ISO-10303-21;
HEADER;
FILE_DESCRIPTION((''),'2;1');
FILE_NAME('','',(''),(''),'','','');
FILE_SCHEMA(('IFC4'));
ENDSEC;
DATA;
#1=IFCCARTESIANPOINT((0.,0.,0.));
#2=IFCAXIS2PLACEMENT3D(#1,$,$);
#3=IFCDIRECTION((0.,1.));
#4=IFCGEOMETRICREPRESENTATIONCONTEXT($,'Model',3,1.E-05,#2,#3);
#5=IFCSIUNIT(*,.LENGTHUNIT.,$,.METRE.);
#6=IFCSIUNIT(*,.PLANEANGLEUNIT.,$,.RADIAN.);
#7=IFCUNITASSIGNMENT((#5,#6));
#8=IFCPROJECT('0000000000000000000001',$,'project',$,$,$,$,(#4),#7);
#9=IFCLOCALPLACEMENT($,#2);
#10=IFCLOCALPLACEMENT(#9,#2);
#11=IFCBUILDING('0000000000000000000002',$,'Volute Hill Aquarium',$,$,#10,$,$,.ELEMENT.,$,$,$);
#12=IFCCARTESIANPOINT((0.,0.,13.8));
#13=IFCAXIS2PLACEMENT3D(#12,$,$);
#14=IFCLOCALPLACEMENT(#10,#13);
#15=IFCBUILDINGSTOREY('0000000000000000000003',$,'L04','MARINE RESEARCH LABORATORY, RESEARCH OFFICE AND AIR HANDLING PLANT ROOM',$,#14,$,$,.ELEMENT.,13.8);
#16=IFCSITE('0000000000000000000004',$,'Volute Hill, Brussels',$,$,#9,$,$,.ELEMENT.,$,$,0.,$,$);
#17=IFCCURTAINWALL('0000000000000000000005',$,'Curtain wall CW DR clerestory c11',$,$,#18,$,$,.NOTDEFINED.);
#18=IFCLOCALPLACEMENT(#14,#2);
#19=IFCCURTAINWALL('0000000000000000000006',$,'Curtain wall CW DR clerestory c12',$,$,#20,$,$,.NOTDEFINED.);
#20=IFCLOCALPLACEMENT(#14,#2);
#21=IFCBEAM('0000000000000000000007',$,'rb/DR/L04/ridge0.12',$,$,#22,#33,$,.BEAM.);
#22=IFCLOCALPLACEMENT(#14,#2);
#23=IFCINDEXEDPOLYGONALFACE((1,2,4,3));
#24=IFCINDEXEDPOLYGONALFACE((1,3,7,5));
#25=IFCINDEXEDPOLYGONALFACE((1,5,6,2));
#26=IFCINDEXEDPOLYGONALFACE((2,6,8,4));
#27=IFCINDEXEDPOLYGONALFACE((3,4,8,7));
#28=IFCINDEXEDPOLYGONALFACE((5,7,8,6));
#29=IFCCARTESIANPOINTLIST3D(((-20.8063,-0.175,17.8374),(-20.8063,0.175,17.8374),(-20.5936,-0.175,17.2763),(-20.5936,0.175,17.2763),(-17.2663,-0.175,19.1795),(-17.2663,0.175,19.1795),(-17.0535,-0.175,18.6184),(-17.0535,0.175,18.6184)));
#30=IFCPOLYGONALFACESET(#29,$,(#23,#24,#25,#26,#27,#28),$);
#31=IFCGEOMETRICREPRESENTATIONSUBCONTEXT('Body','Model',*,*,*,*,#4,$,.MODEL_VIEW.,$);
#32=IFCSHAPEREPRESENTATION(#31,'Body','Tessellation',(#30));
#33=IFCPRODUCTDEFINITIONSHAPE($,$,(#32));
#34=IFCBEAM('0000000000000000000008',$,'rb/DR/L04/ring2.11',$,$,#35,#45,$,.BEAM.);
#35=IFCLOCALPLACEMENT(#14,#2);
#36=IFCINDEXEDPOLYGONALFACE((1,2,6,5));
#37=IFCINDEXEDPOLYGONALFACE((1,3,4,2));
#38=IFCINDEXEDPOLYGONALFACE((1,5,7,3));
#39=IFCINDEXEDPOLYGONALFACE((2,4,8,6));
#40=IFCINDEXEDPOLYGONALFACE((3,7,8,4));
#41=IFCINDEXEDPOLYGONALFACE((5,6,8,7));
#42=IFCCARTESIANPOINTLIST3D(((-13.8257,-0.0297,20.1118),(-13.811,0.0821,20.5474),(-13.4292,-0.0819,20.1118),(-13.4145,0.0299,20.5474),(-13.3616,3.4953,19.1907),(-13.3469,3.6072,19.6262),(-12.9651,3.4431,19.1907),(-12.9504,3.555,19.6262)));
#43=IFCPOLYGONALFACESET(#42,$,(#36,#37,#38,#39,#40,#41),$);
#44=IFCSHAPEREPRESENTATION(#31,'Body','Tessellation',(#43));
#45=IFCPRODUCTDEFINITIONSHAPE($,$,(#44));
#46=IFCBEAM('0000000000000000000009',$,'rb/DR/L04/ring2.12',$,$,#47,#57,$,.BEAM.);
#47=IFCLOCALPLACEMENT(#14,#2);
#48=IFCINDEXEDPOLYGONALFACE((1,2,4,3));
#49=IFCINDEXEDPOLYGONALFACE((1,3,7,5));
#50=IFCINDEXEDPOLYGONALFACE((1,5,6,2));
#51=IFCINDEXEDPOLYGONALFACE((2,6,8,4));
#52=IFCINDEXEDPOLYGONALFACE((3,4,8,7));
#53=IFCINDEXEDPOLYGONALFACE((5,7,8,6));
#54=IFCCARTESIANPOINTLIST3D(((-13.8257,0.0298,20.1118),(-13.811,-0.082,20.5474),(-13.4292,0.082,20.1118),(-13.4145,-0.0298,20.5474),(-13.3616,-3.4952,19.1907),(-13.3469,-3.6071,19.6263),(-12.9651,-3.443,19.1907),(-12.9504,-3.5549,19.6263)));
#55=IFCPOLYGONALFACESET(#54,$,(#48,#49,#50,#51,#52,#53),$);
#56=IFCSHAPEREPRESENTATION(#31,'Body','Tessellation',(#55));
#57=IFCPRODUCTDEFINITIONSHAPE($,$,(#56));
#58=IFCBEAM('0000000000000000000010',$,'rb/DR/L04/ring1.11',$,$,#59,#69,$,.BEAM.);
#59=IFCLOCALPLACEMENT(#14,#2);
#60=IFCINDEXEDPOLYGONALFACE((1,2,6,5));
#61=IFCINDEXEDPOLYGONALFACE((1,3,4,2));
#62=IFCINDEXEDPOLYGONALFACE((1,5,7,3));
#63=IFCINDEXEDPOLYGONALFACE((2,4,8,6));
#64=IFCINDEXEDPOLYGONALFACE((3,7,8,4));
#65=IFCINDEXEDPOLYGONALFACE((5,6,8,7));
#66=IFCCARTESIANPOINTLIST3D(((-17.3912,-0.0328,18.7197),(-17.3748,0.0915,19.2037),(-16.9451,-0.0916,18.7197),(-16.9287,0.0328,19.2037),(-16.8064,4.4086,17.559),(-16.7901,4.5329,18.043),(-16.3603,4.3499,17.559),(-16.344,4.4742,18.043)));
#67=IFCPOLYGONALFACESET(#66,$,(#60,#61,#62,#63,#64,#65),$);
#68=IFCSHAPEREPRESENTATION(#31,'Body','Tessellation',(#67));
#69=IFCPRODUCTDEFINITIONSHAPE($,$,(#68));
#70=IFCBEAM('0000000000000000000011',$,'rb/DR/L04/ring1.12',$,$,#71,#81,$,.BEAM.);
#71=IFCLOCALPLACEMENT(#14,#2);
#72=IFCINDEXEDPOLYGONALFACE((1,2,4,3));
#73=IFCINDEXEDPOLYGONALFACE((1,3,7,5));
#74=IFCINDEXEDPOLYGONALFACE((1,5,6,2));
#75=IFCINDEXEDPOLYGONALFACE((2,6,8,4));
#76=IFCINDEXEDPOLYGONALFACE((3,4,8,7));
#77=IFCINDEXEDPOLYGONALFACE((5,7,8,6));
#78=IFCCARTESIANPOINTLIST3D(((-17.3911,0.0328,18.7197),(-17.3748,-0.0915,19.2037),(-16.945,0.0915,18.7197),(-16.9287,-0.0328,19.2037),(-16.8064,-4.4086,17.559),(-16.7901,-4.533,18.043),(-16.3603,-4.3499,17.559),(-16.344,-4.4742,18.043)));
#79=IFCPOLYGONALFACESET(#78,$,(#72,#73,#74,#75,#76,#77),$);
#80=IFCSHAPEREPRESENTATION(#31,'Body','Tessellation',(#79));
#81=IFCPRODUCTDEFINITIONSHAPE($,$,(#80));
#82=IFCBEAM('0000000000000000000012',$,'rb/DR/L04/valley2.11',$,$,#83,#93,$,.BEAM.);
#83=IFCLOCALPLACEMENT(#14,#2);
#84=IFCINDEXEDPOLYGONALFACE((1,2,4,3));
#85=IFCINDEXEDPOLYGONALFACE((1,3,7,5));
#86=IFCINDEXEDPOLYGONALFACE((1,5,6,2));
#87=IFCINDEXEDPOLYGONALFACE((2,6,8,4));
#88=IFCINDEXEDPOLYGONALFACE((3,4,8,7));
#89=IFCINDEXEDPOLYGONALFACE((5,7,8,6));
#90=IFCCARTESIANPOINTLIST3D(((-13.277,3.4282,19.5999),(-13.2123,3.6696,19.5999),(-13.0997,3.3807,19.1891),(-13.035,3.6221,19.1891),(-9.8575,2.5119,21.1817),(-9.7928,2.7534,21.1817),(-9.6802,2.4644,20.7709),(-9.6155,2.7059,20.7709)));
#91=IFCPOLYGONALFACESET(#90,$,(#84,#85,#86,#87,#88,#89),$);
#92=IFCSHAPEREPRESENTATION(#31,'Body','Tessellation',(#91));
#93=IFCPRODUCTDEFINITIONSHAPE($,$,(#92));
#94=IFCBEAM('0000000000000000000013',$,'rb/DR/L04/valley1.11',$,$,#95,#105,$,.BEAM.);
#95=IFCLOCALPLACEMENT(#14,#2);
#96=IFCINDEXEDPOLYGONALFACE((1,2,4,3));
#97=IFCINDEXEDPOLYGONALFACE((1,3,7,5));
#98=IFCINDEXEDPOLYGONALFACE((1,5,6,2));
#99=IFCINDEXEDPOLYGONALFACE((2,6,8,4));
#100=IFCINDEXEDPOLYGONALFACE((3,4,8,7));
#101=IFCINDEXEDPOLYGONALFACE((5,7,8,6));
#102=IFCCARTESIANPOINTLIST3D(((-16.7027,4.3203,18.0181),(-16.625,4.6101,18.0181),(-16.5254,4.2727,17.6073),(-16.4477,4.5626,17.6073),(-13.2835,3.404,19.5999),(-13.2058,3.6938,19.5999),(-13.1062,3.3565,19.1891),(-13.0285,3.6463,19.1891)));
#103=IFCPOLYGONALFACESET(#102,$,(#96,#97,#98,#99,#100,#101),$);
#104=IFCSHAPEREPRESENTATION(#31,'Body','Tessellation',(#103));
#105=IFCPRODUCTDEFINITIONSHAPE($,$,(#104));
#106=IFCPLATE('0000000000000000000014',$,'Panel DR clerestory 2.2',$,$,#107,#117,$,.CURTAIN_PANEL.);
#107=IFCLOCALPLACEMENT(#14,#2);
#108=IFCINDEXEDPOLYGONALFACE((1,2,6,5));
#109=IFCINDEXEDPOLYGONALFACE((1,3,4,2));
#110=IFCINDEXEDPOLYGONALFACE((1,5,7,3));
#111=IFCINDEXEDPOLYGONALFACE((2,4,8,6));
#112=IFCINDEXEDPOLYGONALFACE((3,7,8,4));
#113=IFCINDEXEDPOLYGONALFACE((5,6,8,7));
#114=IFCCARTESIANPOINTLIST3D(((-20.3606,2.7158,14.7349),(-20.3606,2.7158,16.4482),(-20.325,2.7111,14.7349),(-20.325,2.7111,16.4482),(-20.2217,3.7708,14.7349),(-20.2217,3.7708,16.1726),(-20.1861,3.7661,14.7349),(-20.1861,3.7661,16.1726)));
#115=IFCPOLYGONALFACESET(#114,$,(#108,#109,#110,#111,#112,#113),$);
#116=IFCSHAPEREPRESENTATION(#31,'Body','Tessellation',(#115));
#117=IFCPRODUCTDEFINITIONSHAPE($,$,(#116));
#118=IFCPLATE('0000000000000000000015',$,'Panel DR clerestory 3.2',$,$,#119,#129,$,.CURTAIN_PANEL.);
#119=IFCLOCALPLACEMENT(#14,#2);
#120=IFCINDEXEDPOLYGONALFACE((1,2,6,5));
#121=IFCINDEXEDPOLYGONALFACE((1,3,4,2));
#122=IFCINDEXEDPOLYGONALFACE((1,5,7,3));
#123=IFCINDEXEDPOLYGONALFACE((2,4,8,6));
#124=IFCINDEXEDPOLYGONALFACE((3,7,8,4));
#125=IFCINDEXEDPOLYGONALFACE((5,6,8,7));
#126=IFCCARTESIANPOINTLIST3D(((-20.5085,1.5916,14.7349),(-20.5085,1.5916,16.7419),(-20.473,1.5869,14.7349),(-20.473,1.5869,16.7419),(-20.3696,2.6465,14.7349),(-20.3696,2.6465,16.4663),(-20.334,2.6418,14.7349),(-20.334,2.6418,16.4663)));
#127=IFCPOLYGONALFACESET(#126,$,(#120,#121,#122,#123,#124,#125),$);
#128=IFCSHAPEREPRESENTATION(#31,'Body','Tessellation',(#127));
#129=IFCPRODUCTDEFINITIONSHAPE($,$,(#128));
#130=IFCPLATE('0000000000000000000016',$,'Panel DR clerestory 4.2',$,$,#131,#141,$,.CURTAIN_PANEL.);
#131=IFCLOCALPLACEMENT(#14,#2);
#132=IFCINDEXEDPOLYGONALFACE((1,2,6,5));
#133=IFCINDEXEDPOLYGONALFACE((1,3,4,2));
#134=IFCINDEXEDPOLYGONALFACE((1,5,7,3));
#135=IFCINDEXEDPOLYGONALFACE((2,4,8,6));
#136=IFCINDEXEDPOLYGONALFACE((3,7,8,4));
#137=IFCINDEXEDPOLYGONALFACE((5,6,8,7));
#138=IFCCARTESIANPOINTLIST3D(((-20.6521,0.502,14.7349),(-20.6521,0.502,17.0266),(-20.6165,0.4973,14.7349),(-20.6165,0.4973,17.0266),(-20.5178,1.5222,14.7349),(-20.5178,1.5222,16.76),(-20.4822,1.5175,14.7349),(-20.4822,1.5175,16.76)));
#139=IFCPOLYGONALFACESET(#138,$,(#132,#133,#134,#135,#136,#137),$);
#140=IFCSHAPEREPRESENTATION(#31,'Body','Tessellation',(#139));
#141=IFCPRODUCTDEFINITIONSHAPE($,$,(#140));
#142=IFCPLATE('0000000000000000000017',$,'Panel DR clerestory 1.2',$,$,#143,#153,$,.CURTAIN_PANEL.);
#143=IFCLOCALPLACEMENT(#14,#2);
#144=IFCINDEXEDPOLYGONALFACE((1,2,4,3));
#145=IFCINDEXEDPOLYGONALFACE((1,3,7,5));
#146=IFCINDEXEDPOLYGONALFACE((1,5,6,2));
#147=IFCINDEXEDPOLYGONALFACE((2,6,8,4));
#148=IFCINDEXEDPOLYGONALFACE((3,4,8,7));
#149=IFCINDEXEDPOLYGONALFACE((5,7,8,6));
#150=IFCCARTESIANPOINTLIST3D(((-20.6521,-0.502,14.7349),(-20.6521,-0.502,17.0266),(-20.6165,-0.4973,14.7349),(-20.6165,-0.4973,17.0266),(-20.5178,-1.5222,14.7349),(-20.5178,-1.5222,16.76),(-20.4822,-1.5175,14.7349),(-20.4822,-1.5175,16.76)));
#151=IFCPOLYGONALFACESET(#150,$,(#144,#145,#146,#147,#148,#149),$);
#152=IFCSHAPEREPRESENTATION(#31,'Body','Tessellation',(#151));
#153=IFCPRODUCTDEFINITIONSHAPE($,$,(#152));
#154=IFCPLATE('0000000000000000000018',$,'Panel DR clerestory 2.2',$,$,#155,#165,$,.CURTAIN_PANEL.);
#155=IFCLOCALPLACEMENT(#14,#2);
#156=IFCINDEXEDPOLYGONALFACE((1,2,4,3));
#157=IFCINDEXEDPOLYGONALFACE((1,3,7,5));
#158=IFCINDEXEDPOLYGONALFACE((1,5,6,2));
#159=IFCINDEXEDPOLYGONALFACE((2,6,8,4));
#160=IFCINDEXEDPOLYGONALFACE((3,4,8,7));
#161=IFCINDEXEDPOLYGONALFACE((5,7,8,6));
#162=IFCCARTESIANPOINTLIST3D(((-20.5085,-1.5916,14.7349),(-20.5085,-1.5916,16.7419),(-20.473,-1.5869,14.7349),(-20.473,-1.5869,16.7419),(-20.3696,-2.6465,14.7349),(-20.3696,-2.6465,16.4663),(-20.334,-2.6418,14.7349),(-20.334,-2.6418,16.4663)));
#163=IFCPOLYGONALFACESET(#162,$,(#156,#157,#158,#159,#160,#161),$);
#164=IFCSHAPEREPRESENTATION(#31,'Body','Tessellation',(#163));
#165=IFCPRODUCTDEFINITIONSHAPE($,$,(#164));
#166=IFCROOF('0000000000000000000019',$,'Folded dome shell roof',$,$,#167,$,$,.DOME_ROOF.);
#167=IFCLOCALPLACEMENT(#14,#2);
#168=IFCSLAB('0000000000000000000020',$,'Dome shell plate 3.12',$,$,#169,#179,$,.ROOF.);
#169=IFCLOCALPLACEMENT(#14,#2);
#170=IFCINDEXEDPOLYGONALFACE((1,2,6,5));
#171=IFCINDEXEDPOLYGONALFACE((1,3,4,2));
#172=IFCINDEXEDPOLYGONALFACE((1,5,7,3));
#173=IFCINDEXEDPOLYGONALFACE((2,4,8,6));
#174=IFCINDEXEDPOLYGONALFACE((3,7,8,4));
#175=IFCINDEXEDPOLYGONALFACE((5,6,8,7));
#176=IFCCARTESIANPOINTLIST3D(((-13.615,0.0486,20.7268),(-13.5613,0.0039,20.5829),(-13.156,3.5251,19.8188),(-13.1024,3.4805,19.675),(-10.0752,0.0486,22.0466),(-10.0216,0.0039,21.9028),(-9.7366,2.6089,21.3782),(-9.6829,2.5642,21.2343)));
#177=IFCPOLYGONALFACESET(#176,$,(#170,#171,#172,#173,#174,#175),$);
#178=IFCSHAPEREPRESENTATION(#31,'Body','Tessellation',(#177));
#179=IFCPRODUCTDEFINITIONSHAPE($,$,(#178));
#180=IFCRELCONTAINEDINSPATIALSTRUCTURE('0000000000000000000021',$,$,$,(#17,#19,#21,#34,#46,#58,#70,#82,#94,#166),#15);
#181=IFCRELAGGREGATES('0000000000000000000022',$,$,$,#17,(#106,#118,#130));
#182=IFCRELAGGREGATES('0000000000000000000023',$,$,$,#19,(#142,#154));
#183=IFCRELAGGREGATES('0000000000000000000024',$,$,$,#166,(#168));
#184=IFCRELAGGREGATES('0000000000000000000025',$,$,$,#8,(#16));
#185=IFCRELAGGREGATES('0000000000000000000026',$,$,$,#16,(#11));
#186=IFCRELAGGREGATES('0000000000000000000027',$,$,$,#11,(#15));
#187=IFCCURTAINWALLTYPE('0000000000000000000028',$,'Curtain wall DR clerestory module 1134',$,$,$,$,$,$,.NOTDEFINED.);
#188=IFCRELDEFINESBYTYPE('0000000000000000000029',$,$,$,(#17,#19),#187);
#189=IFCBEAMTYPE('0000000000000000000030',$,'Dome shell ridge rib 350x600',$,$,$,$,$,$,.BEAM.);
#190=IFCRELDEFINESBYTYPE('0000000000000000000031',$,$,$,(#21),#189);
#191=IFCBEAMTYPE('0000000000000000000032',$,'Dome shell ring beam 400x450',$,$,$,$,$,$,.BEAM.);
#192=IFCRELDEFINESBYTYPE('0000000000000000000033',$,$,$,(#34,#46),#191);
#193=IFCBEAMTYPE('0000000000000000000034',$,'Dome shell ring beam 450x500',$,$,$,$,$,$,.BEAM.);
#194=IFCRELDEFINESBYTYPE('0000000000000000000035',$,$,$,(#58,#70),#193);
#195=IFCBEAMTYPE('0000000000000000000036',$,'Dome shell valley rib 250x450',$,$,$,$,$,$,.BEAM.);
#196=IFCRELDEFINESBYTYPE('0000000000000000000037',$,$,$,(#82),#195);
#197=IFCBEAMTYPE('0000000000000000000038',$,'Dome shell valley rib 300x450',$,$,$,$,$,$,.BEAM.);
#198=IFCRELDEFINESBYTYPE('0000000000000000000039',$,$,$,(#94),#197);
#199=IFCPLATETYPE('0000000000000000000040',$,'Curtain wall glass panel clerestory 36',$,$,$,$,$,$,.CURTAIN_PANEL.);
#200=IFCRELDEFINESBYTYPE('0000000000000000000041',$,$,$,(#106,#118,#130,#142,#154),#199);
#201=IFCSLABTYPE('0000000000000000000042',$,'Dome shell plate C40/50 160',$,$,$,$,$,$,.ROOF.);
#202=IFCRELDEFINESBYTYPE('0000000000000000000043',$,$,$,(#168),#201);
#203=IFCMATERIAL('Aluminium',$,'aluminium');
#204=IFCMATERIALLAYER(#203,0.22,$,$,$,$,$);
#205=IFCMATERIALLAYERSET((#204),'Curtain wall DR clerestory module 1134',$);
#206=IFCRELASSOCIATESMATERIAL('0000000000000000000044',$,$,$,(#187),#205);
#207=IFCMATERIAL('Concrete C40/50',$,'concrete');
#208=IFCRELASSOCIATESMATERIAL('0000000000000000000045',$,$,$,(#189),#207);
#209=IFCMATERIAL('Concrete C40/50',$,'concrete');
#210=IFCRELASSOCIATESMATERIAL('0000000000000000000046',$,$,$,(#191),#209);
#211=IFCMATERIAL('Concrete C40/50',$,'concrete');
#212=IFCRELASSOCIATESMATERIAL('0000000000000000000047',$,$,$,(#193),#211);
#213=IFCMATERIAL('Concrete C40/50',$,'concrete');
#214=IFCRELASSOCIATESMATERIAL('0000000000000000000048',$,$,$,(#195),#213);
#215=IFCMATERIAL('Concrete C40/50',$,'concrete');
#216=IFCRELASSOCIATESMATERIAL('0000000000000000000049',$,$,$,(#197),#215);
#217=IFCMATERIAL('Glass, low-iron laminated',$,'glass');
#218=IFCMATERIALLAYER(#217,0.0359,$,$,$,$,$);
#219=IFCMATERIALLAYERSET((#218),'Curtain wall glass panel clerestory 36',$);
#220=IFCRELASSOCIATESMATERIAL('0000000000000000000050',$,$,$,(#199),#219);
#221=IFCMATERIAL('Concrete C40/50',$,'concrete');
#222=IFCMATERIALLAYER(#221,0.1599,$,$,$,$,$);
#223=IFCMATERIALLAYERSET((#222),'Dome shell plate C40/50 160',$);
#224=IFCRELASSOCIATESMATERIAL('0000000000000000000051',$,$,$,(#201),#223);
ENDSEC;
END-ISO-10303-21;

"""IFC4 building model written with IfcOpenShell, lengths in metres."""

from ifc_helpers import new_model, si_unit, direction, frame, origin, origin_2d, place, context, subcontext, project, spatial, polyline, rectangle, outline, extrude, material, layer, layer_set, material_profile, profile_set, type_object, element, aggregate, save


model = new_model("IFC4")

# Units and contexts
model_context = context("Model", 3, precision=1e-05, world=origin(), true_north=direction((0.0, 1.0)))
body_context = subcontext(model_context, "Body", "Model", "MODEL_VIEW")
ifc_project = project(units=[si_unit("LENGTHUNIT", "METRE"), si_unit("PLANEANGLEUNIT", "RADIAN")], contexts=[model_context])

# Site, building, storey
site_placement = place(None, origin())
site = spatial("IfcSite", under=ifc_project, at=site_placement, Name="Volute Hill, Brussels", CompositionType="ELEMENT", RefElevation=0.0)
building_placement = place(site_placement, origin())
building = spatial("IfcBuilding", under=site, at=building_placement, Name="Volute Hill Aquarium", CompositionType="ELEMENT")
storey_placement = place(building_placement, frame((0.0, 0.0, 13.8)))
storey = spatial("IfcBuildingStorey", under=building, at=storey_placement, Name="L04", Description="MARINE RESEARCH LABORATORY, RESEARCH OFFICE AND AIR HANDLING PLANT ROOM", CompositionType="ELEMENT", Elevation=13.8)

# Curtain walls
ifc_material_1 = material(Name="Aluminium", Category="aluminium")
ifc_layer_1 = layer(ifc_material_1, 0.22)
ifc_layer_set_1 = layer_set([ifc_layer_1], Name="Curtain wall DR clerestory module 1134")
curtain_wall_type = type_object("IfcCurtainWallType", Name="Curtain wall DR clerestory module 1134", PredefinedType="NOTDEFINED", material=ifc_layer_set_1)
curtain_wall_1_placement = place(storey_placement, origin())
curtain_wall_1 = element("IfcCurtainWall", 1, at=curtain_wall_1_placement, inside=storey, type_object=curtain_wall_type, Name="Curtain wall CW DR clerestory c11", PredefinedType="NOTDEFINED")
curtain_wall_2_placement = place(storey_placement, origin())
curtain_wall_2 = element("IfcCurtainWall", 2, at=curtain_wall_2_placement, inside=storey, type_object=curtain_wall_type, Name="Curtain wall CW DR clerestory c12", PredefinedType="NOTDEFINED")

# Beams
ifc_material_2 = material(Name="Concrete C40/50", Category="concrete")
ifc_material_profile_1 = material_profile(ifc_material_2, rectangle(XDim=0.3501, YDim=0.6001, at=origin_2d()), Name="RC rib 350x600")
ifc_profile_set_1 = profile_set([ifc_material_profile_1], Name="Concrete C40/50")
beam_type_1 = type_object("IfcBeamType", Name="Dome shell ridge rib 350x600", PredefinedType="BEAM", material=ifc_profile_set_1)
beam_1_placement = place(storey_placement, frame((-20.7, 0.0, 17.5569), z_axis=(0.935062, 0.0, 0.354485), x_axis=(0.0, 1.0, 0.0)))
element("IfcBeam", 3, at=beam_1_placement, inside=storey, type_object=beam_type_1, Name="rb/DR/L04/ridge0.12", PredefinedType="BEAM", context=body_context, shape_type="SweptSolid", body=[
    extrude(rectangle(XDim=0.3501, YDim=0.6001, at=origin_2d()), origin(), (0.0, 0.0, 1.0), 3.7859),
])
ifc_material_3 = material(Name="Concrete C40/50", Category="concrete")
ifc_material_profile_2 = material_profile(ifc_material_3, rectangle(XDim=0.3999, YDim=0.45, at=origin_2d()), Name="RC beam 400x450")
ifc_profile_set_2 = profile_set([ifc_material_profile_2], Name="Concrete C40/50")
beam_type_2 = type_object("IfcBeamType", Name="Dome shell ring beam 400x450", PredefinedType="BEAM", material=ifc_profile_set_2)
for number, where, z_axis, x_axis, name in (
    (4, (-13.156, 3.5251, 19.4084), (-0.126359, -0.959759, 0.250791), (0.991444, -0.130531, 0.0), "rb/DR/L04/ring2.11"),
    (5, (-13.6201, 0.0, 20.3296), (0.126359, -0.959759, -0.250791), (0.991444, 0.130531, 0.0), "rb/DR/L04/ring2.12"),
):
    element("IfcBeam", number, at=place(storey_placement, frame(where, z_axis=z_axis, x_axis=x_axis)), inside=storey, type_object=beam_type_2, Name=name, PredefinedType="BEAM", context=body_context, shape_type="SweptSolid", body=[
        extrude(rectangle(XDim=0.3999, YDim=0.45, at=origin_2d()), origin(), (0.0, 0.0, 1.0), 3.6729),
    ])
ifc_material_4 = material(Name="Concrete C40/50", Category="concrete")
ifc_material_profile_3 = material_profile(ifc_material_4, rectangle(XDim=0.45, YDim=0.5, at=origin_2d()), Name="RC beam 450x500")
ifc_profile_set_3 = profile_set([ifc_material_profile_3], Name="Concrete C40/50")
beam_type_3 = type_object("IfcBeamType", Name="Dome shell ring beam 450x500", PredefinedType="BEAM", material=ifc_profile_set_3)
for number, where, z_axis, x_axis, name in (
    (6, (-16.5752, 4.4414, 17.801), (-0.126353, -0.959756, 0.250807), (0.991445, -0.130525, 0.0), "rb/DR/L04/ring1.11"),
    (7, (-17.1599, 0.0, 18.9617), (0.126353, -0.959756, -0.250807), (0.991445, 0.130525, 0.0), "rb/DR/L04/ring1.12"),
):
    element("IfcBeam", number, at=place(storey_placement, frame(where, z_axis=z_axis, x_axis=x_axis)), inside=storey, type_object=beam_type_3, Name=name, PredefinedType="BEAM", context=body_context, shape_type="SweptSolid", body=[
        extrude(rectangle(XDim=0.45, YDim=0.5, at=origin_2d()), origin(), (0.0, 0.0, 1.0), 4.6277),
    ])
ifc_material_5 = material(Name="Concrete C40/50", Category="concrete")
ifc_material_profile_4 = material_profile(ifc_material_5, rectangle(XDim=0.25, YDim=0.45, at=origin_2d()), Name="RC rib 250x450")
ifc_profile_set_4 = profile_set([ifc_material_profile_4], Name="Concrete C40/50")
beam_type_4 = type_object("IfcBeamType", Name="Dome shell valley rib 250x450", PredefinedType="BEAM", material=ifc_profile_set_4)
beam_2_placement = place(storey_placement, frame((-13.156, 3.5251, 19.3945), z_axis=(0.881892, -0.236309, 0.407952), x_axis=(0.258826, 0.965924, 0.0)))
element("IfcBeam", 8, at=beam_2_placement, inside=storey, type_object=beam_type_4, Name="rb/DR/L04/valley2.11", PredefinedType="BEAM", context=body_context, shape_type="SweptSolid", body=[
    extrude(rectangle(XDim=0.25, YDim=0.45, at=origin_2d()), origin(), (0.0, 0.0, 1.0), 3.8774),
])
ifc_material_6 = material(Name="Concrete C40/50", Category="concrete")
ifc_material_profile_5 = material_profile(ifc_material_6, rectangle(XDim=0.3, YDim=0.45, at=origin_2d()), Name="RC rib 300x450")
ifc_profile_set_5 = profile_set([ifc_material_profile_5], Name="Concrete C40/50")
beam_type_5 = type_object("IfcBeamType", Name="Dome shell valley rib 300x450", PredefinedType="BEAM", material=ifc_profile_set_5)
beam_3_placement = place(storey_placement, frame((-16.5752, 4.4414, 17.8127), z_axis=(0.881878, -0.236322, 0.407975), x_axis=(0.258843, 0.965919, 0.0)))
element("IfcBeam", 9, at=beam_3_placement, inside=storey, type_object=beam_type_5, Name="rb/DR/L04/valley1.11", PredefinedType="BEAM", context=body_context, shape_type="SweptSolid", body=[
    extrude(rectangle(XDim=0.3, YDim=0.45, at=origin_2d()), origin(), (0.0, 0.0, 1.0), 3.8772),
])

# Plates
ifc_material_7 = material(Name="Glass, low-iron laminated", Category="glass")
ifc_layer_2 = layer(ifc_material_7, 0.0359)
ifc_layer_set_2 = layer_set([ifc_layer_2], Name="Curtain wall glass panel clerestory 36")
plate_type = type_object("IfcPlateType", Name="Curtain wall glass panel clerestory 36", PredefinedType="CURTAIN_PANEL", material=ifc_layer_set_2)
plate_1_placement = place(storey_placement, frame((-20.2217, 3.7708, 14.7349), z_axis=(-0.991441, 0.130555, 0.0), x_axis=(-0.130555, -0.991441, 0.0)))
plate_1 = element("IfcPlate", 10, at=plate_1_placement, type_object=plate_type, Name="Panel DR clerestory 2.2", PredefinedType="CURTAIN_PANEL", context=body_context, shape_type="SweptSolid", body=[
    extrude(outline(polyline([(0.0, 0.0), (1.064, 0.0), (1.064, 1.7134), (0.0, 1.4377), (0.0, 0.0)])), origin(), (0.0, 0.0, -1.0), 0.0359),
])
plate_2_placement = place(storey_placement, frame((-20.3696, 2.6465, 14.7349), z_axis=(-0.991441, 0.130555, 0.0), x_axis=(-0.130555, -0.991441, 0.0)))
plate_2 = element("IfcPlate", 11, at=plate_2_placement, type_object=plate_type, Name="Panel DR clerestory 3.2", PredefinedType="CURTAIN_PANEL", context=body_context, shape_type="SweptSolid", body=[
    extrude(outline(polyline([(0.0, 0.0), (1.064, 0.0), (1.064, 2.0071), (0.0, 1.7314), (0.0, 0.0)])), origin(), (0.0, 0.0, -1.0), 0.0359),
])
plate_3_placement = place(storey_placement, frame((-20.5178, 1.5222, 14.7349), z_axis=(-0.99145, 0.130485, 0.0), x_axis=(-0.130485, -0.99145, 0.0)))
plate_3 = element("IfcPlate", 12, at=plate_3_placement, type_object=plate_type, Name="Panel DR clerestory 4.2", PredefinedType="CURTAIN_PANEL", context=body_context, shape_type="SweptSolid", body=[
    extrude(outline(polyline([(0.0, 0.0), (1.0291, 0.0), (1.0291, 2.2917), (0.0, 2.0251), (0.0, 0.0)])), origin(), (0.0, 0.0, -1.0), 0.0359),
])
aggregate(curtain_wall_1, [plate_1, plate_2, plate_3])
plate_4_placement = place(storey_placement, frame((-20.6521, -0.502, 14.7349), z_axis=(-0.99145, -0.130485, 0.0), x_axis=(0.130485, -0.99145, 0.0)))
plate_4 = element("IfcPlate", 13, at=plate_4_placement, type_object=plate_type, Name="Panel DR clerestory 1.2", PredefinedType="CURTAIN_PANEL", context=body_context, shape_type="SweptSolid", body=[
    extrude(outline(polyline([(0.0, 0.0), (1.0291, 0.0), (1.0291, 2.0251), (0.0, 2.2917), (0.0, 0.0)])), origin(), (0.0, 0.0, -1.0), 0.0359),
])
plate_5_placement = place(storey_placement, frame((-20.5085, -1.5916, 14.7349), z_axis=(-0.991441, -0.130555, 0.0), x_axis=(0.130555, -0.991441, 0.0)))
plate_5 = element("IfcPlate", 14, at=plate_5_placement, type_object=plate_type, Name="Panel DR clerestory 2.2", PredefinedType="CURTAIN_PANEL", context=body_context, shape_type="SweptSolid", body=[
    extrude(outline(polyline([(0.0, 0.0), (1.064, 0.0), (1.064, 1.7314), (0.0, 2.0071), (0.0, 0.0)])), origin(), (0.0, 0.0, -1.0), 0.0359),
])
aggregate(curtain_wall_2, [plate_4, plate_5])

# Roof, slab
roof_placement = place(storey_placement, origin())
roof = element("IfcRoof", 15, at=roof_placement, inside=storey, Name="Folded dome shell roof", PredefinedType="DOME_ROOF")
ifc_material_8 = material(Name="Concrete C40/50", Category="concrete")
ifc_layer_3 = layer(ifc_material_8, 0.1599)
ifc_layer_set_3 = layer_set([ifc_layer_3], Name="Dome shell plate C40/50 160")
slab_type_1 = type_object("IfcSlabType", Name="Dome shell plate C40/50 160", PredefinedType="ROOF", material=ifc_layer_set_3)
slab_1_placement = place(storey_placement, frame((-13.156, 3.5251, 19.8188), z_axis=(-0.335457, 0.279264, 0.899711), x_axis=(-0.126709, -0.959748, 0.250656)))
slab_1 = element("IfcSlab", 16, at=slab_1_placement, type_object=slab_type_1, Name="Dome shell plate 3.12", PredefinedType="ROOF", context=body_context, shape_type="SweptSolid", body=[
    extrude(outline(polyline([(0.0, 0.0), (3.6224, 0.0), (3.5047, 3.776), (0.837, 3.7766), (0.0, 0.0)])), origin(), (0.0, 0.0, -1.0), 0.1599),
])
aggregate(roof, [slab_1])

save(model, "model.ifc")
